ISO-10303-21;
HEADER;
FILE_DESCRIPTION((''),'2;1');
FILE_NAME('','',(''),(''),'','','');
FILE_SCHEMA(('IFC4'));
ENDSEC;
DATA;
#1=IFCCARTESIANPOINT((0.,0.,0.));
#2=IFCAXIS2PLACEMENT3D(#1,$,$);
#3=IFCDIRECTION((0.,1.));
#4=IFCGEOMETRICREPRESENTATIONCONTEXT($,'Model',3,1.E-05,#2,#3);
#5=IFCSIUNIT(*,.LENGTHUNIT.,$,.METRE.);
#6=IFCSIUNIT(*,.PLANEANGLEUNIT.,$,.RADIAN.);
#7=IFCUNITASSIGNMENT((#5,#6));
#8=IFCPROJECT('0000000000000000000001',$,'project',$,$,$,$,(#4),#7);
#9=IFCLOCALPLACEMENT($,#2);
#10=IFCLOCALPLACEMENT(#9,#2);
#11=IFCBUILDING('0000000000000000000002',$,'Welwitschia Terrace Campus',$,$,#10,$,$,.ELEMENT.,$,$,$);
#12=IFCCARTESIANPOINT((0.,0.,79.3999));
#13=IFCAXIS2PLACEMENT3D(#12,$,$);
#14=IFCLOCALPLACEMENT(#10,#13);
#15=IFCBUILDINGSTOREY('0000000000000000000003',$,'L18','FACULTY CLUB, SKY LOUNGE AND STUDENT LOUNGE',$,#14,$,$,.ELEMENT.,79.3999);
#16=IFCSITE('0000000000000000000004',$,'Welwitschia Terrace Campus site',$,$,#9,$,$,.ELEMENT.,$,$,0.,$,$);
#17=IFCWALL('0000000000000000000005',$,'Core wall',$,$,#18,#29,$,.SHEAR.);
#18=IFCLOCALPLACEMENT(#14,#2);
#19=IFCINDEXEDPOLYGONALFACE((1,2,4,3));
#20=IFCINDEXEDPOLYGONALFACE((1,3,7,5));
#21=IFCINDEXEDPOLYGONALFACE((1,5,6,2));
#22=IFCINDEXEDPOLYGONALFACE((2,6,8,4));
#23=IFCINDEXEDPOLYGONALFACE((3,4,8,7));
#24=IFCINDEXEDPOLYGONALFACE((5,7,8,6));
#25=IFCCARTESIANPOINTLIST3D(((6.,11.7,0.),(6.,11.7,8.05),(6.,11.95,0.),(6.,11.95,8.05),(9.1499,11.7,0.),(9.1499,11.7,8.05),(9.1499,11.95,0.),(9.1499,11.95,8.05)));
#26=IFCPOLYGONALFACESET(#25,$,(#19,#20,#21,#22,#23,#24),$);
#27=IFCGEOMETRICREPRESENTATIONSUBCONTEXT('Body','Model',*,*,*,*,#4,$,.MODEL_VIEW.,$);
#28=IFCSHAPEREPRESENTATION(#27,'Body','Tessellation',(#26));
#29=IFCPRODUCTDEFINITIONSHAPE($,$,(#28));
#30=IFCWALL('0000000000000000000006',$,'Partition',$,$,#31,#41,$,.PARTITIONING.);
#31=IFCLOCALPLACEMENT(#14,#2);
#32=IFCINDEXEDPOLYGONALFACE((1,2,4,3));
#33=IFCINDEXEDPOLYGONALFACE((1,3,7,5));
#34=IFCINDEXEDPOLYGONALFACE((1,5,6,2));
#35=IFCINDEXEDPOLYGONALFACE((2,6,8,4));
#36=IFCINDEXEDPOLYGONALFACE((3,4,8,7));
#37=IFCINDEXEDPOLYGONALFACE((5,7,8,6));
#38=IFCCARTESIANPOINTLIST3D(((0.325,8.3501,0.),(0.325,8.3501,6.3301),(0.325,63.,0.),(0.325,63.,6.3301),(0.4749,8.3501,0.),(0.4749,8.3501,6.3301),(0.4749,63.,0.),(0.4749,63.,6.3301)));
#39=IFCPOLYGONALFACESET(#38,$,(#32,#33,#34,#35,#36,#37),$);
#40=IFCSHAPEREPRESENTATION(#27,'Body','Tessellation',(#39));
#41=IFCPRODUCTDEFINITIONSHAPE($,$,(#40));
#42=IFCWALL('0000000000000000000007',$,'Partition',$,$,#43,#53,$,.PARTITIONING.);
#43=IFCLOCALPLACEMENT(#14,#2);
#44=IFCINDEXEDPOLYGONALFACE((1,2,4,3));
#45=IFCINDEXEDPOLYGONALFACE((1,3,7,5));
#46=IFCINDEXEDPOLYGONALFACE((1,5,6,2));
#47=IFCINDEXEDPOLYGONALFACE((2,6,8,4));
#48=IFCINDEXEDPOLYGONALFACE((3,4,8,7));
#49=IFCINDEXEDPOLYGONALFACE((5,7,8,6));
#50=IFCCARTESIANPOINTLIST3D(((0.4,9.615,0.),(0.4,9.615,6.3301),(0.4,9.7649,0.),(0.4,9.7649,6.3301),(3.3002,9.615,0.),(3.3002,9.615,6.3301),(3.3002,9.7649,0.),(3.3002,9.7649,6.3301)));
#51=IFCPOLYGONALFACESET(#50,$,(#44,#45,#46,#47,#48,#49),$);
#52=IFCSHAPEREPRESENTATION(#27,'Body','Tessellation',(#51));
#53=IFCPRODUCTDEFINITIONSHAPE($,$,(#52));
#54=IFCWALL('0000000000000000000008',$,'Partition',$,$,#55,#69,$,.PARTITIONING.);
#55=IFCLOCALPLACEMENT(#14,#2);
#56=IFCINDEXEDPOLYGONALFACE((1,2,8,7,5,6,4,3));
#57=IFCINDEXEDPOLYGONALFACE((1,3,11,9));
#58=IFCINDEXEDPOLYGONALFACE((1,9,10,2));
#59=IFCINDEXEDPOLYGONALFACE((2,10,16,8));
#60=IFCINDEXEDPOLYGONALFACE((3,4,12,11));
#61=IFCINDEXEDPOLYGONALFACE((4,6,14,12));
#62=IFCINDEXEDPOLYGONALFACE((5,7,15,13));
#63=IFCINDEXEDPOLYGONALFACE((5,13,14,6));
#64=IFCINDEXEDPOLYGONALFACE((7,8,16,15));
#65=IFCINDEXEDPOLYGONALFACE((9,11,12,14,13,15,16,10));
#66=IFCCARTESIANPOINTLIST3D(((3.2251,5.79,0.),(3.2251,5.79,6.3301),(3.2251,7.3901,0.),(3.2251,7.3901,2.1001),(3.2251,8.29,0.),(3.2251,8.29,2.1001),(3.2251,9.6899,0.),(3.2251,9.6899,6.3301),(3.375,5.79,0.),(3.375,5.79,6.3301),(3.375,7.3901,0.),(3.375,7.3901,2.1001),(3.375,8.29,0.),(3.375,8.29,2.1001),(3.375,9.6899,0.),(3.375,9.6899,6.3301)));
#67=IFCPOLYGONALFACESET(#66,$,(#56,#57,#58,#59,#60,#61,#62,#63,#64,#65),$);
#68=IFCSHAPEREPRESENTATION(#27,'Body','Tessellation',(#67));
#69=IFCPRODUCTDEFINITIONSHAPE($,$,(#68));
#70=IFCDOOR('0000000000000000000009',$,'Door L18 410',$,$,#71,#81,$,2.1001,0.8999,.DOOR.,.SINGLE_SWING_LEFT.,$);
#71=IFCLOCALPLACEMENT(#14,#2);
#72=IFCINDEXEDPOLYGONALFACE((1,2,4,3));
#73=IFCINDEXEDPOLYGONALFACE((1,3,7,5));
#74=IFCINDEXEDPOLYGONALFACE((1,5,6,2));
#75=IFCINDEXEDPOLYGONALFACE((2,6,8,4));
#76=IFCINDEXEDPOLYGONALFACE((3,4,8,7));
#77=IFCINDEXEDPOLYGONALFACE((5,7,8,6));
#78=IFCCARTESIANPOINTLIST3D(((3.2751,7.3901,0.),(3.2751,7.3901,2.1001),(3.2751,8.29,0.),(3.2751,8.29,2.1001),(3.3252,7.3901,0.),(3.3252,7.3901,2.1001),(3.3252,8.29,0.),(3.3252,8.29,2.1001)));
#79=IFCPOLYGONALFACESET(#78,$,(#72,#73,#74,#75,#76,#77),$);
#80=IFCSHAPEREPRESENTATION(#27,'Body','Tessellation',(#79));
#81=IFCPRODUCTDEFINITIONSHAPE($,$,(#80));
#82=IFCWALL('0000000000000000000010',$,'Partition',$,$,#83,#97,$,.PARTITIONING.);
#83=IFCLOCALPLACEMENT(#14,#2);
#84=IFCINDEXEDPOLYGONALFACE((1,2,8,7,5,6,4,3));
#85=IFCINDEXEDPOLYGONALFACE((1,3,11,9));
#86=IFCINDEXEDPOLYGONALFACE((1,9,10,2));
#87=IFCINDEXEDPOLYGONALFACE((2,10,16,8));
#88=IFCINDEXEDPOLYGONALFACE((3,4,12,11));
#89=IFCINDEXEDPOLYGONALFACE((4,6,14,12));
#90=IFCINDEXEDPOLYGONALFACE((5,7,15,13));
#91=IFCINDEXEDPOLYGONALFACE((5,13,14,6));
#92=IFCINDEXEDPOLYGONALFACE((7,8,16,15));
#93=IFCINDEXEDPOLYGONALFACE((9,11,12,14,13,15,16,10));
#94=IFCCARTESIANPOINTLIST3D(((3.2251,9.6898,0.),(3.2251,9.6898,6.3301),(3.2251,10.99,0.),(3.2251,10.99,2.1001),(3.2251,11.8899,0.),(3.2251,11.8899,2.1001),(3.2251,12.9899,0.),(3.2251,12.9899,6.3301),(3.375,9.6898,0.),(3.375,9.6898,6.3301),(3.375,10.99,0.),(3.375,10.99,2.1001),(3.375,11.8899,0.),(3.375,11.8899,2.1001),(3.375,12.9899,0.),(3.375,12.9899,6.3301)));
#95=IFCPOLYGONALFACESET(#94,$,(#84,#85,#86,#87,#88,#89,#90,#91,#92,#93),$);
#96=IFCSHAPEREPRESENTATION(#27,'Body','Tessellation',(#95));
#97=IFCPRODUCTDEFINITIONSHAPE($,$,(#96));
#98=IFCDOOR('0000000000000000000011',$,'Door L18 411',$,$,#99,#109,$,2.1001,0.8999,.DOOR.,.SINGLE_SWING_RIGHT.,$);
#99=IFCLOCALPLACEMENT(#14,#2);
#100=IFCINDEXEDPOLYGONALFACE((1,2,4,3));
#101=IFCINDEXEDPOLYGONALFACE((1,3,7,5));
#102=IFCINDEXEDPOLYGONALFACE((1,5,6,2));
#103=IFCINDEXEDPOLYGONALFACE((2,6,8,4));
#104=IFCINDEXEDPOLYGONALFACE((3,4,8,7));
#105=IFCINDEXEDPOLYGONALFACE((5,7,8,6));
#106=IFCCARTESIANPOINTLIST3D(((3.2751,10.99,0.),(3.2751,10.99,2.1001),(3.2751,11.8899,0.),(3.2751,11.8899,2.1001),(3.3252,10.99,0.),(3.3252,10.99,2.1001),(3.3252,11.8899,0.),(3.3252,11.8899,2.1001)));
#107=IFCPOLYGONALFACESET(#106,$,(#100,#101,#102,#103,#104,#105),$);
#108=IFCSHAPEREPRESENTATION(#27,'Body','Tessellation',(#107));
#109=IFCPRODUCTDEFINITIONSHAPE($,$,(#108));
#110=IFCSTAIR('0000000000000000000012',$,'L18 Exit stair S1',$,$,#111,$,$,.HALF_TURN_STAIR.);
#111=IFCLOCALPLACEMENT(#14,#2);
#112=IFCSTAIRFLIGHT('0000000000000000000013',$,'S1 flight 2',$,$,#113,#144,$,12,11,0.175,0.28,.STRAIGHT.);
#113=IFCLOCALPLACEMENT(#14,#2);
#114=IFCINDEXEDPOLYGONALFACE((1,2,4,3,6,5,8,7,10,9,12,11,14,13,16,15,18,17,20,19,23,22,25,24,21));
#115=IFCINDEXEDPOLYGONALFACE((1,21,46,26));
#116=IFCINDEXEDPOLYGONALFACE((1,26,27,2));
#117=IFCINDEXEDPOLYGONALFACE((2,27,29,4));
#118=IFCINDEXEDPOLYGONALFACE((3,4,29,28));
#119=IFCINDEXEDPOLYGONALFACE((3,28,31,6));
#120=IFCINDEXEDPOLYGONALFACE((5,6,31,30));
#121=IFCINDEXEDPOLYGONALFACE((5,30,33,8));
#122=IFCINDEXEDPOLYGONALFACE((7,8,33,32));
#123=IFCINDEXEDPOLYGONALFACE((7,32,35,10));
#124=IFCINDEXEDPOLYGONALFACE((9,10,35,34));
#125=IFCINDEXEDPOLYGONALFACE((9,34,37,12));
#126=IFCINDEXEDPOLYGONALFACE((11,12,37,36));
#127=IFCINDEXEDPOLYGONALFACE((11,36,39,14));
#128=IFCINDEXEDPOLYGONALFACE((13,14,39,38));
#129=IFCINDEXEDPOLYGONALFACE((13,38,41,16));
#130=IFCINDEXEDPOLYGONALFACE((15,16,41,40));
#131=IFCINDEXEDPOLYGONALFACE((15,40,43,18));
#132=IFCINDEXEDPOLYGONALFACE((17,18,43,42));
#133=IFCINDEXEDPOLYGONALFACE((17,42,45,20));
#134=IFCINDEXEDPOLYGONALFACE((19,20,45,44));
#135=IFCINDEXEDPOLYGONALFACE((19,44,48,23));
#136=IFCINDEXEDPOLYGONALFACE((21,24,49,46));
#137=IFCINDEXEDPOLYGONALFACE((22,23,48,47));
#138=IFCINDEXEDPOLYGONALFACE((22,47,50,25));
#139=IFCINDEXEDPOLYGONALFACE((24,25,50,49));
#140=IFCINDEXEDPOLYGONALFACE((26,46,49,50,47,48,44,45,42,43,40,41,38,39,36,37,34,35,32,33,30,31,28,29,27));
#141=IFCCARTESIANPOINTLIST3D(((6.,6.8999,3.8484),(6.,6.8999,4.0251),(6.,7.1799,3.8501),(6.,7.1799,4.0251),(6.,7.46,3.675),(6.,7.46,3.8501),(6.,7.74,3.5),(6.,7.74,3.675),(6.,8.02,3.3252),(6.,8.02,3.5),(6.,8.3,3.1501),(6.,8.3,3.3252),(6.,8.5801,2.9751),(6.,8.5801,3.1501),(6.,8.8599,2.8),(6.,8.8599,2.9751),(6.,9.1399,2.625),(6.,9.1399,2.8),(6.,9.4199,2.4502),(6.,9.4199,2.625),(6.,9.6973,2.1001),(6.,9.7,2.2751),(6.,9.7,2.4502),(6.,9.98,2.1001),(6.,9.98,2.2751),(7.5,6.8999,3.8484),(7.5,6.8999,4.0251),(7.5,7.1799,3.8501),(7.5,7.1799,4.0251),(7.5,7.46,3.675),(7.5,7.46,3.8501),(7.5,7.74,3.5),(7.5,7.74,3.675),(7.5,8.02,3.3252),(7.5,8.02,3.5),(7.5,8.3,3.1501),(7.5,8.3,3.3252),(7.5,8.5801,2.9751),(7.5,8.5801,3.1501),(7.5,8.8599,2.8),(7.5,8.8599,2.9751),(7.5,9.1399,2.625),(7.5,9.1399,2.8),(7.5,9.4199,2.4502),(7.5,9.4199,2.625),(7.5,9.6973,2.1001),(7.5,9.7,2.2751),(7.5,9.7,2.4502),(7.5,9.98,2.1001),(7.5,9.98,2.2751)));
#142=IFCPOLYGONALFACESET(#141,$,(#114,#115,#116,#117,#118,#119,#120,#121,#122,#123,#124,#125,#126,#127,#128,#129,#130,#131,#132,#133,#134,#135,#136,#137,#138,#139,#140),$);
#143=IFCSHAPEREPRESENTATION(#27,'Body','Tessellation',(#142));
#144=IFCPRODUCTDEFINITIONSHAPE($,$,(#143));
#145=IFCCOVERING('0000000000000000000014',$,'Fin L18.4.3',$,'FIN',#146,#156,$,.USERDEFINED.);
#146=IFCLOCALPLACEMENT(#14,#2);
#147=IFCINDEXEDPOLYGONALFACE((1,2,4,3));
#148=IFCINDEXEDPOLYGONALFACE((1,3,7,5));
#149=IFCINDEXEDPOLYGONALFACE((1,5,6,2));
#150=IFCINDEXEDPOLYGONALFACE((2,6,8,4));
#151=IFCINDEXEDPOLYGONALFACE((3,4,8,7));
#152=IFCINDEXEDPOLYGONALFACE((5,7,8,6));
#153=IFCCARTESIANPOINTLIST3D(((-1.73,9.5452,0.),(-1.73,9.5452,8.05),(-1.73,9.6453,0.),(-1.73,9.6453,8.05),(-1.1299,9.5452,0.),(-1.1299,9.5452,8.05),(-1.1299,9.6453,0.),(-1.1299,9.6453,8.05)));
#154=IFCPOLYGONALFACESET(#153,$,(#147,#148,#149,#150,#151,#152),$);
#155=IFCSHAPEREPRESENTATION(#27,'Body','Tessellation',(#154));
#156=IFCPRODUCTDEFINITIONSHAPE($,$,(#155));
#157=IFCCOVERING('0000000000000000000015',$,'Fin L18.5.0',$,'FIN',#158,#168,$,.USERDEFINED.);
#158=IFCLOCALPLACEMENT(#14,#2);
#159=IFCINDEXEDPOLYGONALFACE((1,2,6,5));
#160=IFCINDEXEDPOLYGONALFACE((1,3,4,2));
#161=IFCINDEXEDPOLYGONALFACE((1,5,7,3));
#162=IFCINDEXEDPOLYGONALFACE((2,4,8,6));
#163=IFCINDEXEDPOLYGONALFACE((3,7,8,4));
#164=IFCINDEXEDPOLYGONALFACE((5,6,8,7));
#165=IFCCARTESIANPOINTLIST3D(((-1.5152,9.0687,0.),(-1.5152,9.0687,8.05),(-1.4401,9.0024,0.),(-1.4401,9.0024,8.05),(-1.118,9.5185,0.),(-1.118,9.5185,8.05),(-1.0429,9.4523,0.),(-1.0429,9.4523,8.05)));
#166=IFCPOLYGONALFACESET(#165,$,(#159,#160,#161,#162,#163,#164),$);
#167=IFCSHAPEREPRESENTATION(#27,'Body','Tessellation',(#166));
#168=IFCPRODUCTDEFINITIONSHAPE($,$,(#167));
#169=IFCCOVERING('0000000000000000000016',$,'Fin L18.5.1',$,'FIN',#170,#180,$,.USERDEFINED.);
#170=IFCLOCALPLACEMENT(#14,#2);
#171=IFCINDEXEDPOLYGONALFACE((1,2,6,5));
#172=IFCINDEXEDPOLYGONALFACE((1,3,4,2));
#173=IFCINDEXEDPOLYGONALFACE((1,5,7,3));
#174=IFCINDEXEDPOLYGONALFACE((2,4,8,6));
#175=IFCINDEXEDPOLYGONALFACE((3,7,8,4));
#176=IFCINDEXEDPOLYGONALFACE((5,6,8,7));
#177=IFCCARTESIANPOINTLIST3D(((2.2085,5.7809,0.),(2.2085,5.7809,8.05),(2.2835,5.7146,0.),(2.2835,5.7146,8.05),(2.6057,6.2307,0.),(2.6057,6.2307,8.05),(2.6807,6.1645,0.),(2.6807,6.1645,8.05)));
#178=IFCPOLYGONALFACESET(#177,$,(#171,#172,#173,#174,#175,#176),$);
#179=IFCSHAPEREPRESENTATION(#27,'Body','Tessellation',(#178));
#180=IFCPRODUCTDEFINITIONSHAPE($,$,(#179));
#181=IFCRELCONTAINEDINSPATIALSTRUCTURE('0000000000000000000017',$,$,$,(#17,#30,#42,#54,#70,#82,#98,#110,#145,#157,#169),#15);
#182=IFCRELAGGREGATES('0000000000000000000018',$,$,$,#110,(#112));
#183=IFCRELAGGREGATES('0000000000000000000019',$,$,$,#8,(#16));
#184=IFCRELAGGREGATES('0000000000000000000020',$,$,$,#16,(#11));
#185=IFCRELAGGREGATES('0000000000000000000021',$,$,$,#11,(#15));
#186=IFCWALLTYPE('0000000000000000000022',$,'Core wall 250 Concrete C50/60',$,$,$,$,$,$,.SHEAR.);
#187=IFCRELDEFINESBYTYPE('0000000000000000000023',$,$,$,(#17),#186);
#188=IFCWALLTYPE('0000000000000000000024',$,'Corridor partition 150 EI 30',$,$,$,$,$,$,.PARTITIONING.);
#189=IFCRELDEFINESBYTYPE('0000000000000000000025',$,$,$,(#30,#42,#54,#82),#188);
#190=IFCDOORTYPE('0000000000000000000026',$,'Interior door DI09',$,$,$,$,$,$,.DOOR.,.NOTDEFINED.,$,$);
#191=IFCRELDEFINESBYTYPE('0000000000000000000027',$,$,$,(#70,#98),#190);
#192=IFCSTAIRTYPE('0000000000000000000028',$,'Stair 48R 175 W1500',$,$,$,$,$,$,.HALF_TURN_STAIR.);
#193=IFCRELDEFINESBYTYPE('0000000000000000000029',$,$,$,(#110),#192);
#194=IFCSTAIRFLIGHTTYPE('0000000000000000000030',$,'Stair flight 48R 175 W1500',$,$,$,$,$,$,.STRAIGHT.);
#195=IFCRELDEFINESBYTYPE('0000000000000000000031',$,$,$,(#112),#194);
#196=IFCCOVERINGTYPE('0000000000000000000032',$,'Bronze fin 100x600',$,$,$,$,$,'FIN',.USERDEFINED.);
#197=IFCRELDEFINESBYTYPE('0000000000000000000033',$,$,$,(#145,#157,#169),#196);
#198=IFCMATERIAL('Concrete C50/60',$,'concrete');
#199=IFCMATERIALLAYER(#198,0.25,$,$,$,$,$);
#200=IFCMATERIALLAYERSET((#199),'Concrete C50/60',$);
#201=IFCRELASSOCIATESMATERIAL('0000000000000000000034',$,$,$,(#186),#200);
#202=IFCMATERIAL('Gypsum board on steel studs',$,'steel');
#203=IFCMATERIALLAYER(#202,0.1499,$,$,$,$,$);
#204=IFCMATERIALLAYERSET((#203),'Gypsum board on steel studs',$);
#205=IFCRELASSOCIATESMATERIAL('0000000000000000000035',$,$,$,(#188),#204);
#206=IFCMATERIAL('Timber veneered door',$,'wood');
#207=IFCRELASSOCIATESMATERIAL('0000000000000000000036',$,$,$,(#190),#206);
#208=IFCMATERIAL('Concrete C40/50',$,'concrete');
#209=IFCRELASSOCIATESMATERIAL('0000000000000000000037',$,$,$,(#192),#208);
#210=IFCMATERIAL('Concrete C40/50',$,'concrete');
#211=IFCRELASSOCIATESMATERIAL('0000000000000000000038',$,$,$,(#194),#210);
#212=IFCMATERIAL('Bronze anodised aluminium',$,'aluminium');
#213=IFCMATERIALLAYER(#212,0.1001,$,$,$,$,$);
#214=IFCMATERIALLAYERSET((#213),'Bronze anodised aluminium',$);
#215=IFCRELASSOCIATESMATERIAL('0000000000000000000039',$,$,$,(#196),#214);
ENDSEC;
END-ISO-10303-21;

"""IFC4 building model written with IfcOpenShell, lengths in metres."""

from ifc_helpers import new_model, si_unit, direction, frame, frame_2d, origin, origin_2d, place, context, subcontext, project, spatial, polyline, rectangle, outline, extrude, material, layer, layer_set, type_object, element, fill, aggregate, save


model = new_model("IFC4")

# Units and contexts
model_context = context("Model", 3, precision=1e-05, world=origin(), true_north=direction((0.0, 1.0)))
body_context = subcontext(model_context, "Body", "Model", "MODEL_VIEW")
ifc_project = project(units=[si_unit("LENGTHUNIT", "METRE"), si_unit("PLANEANGLEUNIT", "RADIAN")], contexts=[model_context])

# Site, building, storey
site_placement = place(None, origin())
site = spatial("IfcSite", under=ifc_project, at=site_placement, Name="Welwitschia Terrace Campus site", CompositionType="ELEMENT", RefElevation=0.0)
building_placement = place(site_placement, origin())
building = spatial("IfcBuilding", under=site, at=building_placement, Name="Welwitschia Terrace Campus", CompositionType="ELEMENT")
storey_placement = place(building_placement, frame((0.0, 0.0, 79.3999)))
storey = spatial("IfcBuildingStorey", under=building, at=storey_placement, Name="L18", Description="FACULTY CLUB, SKY LOUNGE AND STUDENT LOUNGE", CompositionType="ELEMENT", Elevation=79.3999)

# Walls
ifc_material_1 = material(Name="Concrete C50/60", Category="concrete")
ifc_layer_1 = layer(ifc_material_1, 0.25)
ifc_layer_set_1 = layer_set([ifc_layer_1], Name="Concrete C50/60")
wall_type_1 = type_object("IfcWallType", Name="Core wall 250 Concrete C50/60", PredefinedType="SHEAR", material=ifc_layer_set_1)
wall_1_placement = place(storey_placement, frame((6.0, 11.825, 0.0), z_axis=(0.0, 0.0, 1.0), x_axis=(1.0, 0.0, 0.0)))
element("IfcWall", 1, at=wall_1_placement, inside=storey, type_object=wall_type_1, Name="Core wall", PredefinedType="SHEAR", context=body_context, shape_type="SweptSolid", body=[
    extrude(rectangle(XDim=3.1499, YDim=0.25, at=frame_2d((1.575, 0.0))), origin(), (0.0, 0.0, 1.0), 8.05),
])
ifc_material_2 = material(Name="Gypsum board on steel studs", Category="steel")
ifc_layer_2 = layer(ifc_material_2, 0.1499)
ifc_layer_set_2 = layer_set([ifc_layer_2], Name="Gypsum board on steel studs")
wall_type_2 = type_object("IfcWallType", Name="Corridor partition 150 EI 30", PredefinedType="PARTITIONING", material=ifc_layer_set_2)
wall_2_placement = place(storey_placement, frame((0.3999, 8.3501, 0.0), z_axis=(0.0, 0.0, 1.0), x_axis=(0.0, 1.0, 0.0)))
element("IfcWall", 2, at=wall_2_placement, inside=storey, type_object=wall_type_2, Name="Partition", PredefinedType="PARTITIONING", context=body_context, shape_type="SweptSolid", body=[
    extrude(rectangle(XDim=54.6499, YDim=0.1499, at=frame_2d((27.325, 0.0))), origin(), (0.0, 0.0, 1.0), 6.3301),
])
wall_3_placement = place(storey_placement, frame((0.3999, 9.6899, 0.0), z_axis=(0.0, 0.0, 1.0), x_axis=(1.0, 0.0, 0.0)))
element("IfcWall", 3, at=wall_3_placement, inside=storey, type_object=wall_type_2, Name="Partition", PredefinedType="PARTITIONING", context=body_context, shape_type="SweptSolid", body=[
    extrude(rectangle(XDim=2.9001, YDim=0.1499, at=frame_2d((1.4502, 0.0))), origin(), (0.0, 0.0, 1.0), 6.3301),
])

# Walls, openings, doors
wall_4_placement = place(storey_placement, frame((3.3, 5.79, 0.0), z_axis=(0.0, 0.0, 1.0), x_axis=(0.0, 1.0, 0.0)))
wall_4 = element("IfcWall", 4, at=wall_4_placement, inside=storey, type_object=wall_type_2, Name="Partition", PredefinedType="PARTITIONING", context=body_context, shape_type="SweptSolid", body=[
    extrude(rectangle(XDim=3.8999, YDim=0.1499, at=frame_2d((1.95, 0.0))), origin(), (0.0, 0.0, 1.0), 6.3301),
])
opening_1_placement = place(wall_4_placement, frame((1.6001, 0.0, 0.0)))
opening_1 = element("IfcOpeningElement", 5, at=opening_1_placement, cuts=wall_4, PredefinedType="OPENING", context=body_context, shape_type="SweptSolid", body=[
    extrude(rectangle(XDim=0.8999, YDim=2.1001, at=frame_2d((0.45, 1.05))), frame((0.0, 0.085, 0.0), z_axis=(0.0, -1.0, 0.0), x_axis=(1.0, 0.0, 0.0)), (0.0, 0.0, 1.0), 0.1699),
])
ifc_material_3 = material(Name="Timber veneered door", Category="wood")
door_type = type_object("IfcDoorType", Name="Interior door DI09", OperationType="NOTDEFINED", PredefinedType="DOOR", material=ifc_material_3)
door_1_placement = place(opening_1_placement, origin())
door_1 = element("IfcDoor", 6, at=door_1_placement, inside=storey, type_object=door_type, Name="Door L18 410", OperationType="SINGLE_SWING_LEFT", OverallHeight=2.1001, OverallWidth=0.8999, PredefinedType="DOOR", context=body_context, shape_type="SweptSolid", body=[
    extrude(rectangle(XDim=0.8999, YDim=2.1001, at=frame_2d((0.45, 1.05))), frame((0.0, 0.0249, 0.0), z_axis=(0.0, -1.0, 0.0), x_axis=(1.0, 0.0, 0.0)), (0.0, 0.0, 1.0), 0.05),
])
fill(opening_1, door_1)
wall_5_placement = place(storey_placement, frame((3.3, 9.6899, 0.0), z_axis=(0.0, 0.0, 1.0), x_axis=(0.0, 1.0, 0.0)))
wall_5 = element("IfcWall", 7, at=wall_5_placement, inside=storey, type_object=wall_type_2, Name="Partition", PredefinedType="PARTITIONING", context=body_context, shape_type="SweptSolid", body=[
    extrude(rectangle(XDim=3.3, YDim=0.1499, at=frame_2d((1.6499, 0.0))), origin(), (0.0, 0.0, 1.0), 6.3301),
])
opening_2_placement = place(wall_5_placement, frame((1.3, 0.0, 0.0)))
opening_2 = element("IfcOpeningElement", 8, at=opening_2_placement, cuts=wall_5, PredefinedType="OPENING", context=body_context, shape_type="SweptSolid", body=[
    extrude(rectangle(XDim=0.8999, YDim=2.1001, at=frame_2d((0.45, 1.05))), frame((0.0, 0.085, 0.0), z_axis=(0.0, -1.0, 0.0), x_axis=(1.0, 0.0, 0.0)), (0.0, 0.0, 1.0), 0.1699),
])
door_2_placement = place(opening_2_placement, origin())
door_2 = element("IfcDoor", 9, at=door_2_placement, inside=storey, type_object=door_type, Name="Door L18 411", OperationType="SINGLE_SWING_RIGHT", OverallHeight=2.1001, OverallWidth=0.8999, PredefinedType="DOOR", context=body_context, shape_type="SweptSolid", body=[
    extrude(rectangle(XDim=0.8999, YDim=2.1001, at=frame_2d((0.45, 1.05))), frame((0.0, 0.0249, 0.0), z_axis=(0.0, -1.0, 0.0), x_axis=(1.0, 0.0, 0.0)), (0.0, 0.0, 1.0), 0.05),
])
fill(opening_2, door_2)

# Stair, stair flight
ifc_material_4 = material(Name="Concrete C40/50", Category="concrete")
stair_type = type_object("IfcStairType", Name="Stair 48R 175 W1500", PredefinedType="HALF_TURN_STAIR", material=ifc_material_4)
stair_placement = place(storey_placement, origin())
stair = element("IfcStair", 10, at=stair_placement, inside=storey, type_object=stair_type, Name="L18 Exit stair S1", PredefinedType="HALF_TURN_STAIR")
ifc_material_5 = material(Name="Concrete C40/50", Category="concrete")
stair_flight_type = type_object("IfcStairFlightType", Name="Stair flight 48R 175 W1500", PredefinedType="STRAIGHT", material=ifc_material_5)
stair_flight_placement = place(storey_placement, frame((6.75, 9.98, 2.1001), z_axis=(0.0, 0.0, 1.0), x_axis=(0.0, -1.0, 0.0)))
stair_flight = element("IfcStairFlight", 11, at=stair_flight_placement, type_object=stair_flight_type, Name="S1 flight 2", NumberOfRisers=12, NumberOfTreads=11, PredefinedType="STRAIGHT", RiserHeight=0.175, TreadLength=0.28, context=body_context, shape_type="SweptSolid", body=[
    extrude(outline(polyline([(0.0, 0.0), (0.0, 0.175), (0.28, 0.175), (0.28, 0.3501), (0.5601, 0.3501), (0.5601, 0.5249), (0.8401, 0.5249), (0.8401, 0.7), (1.1201, 0.7), (1.1201, 0.875), (1.3999, 0.875), (1.3999, 1.05), (1.6799, 1.05), (1.6799, 1.2251), (1.96, 1.2251), (1.96, 1.3999), (2.24, 1.3999), (2.24, 1.575), (2.52, 1.575), (2.52, 1.75), (2.8, 1.75), (2.8, 1.925), (3.0801, 1.925), (3.0801, 2.1001), (3.0801, 1.7483), (0.2827, 0.0), (0.0, 0.0)])), frame((0.0, 0.75, 0.0), z_axis=(0.0, -1.0, 0.0), x_axis=(1.0, 0.0, 0.0)), (0.0, 0.0, 1.0), 1.5),
])
aggregate(stair, [stair_flight])

# Coverings
ifc_material_6 = material(Name="Bronze anodised aluminium", Category="aluminium")
ifc_layer_3 = layer(ifc_material_6, 0.1001)
ifc_layer_set_3 = layer_set([ifc_layer_3], Name="Bronze anodised aluminium")
covering_type = type_object("IfcCoveringType", Name="Bronze fin 100x600", ElementType="FIN", PredefinedType="USERDEFINED", material=ifc_layer_set_3)
for number, where, z_axis, x_axis, name in (
    (12, (-1.4299, 9.5952, 0.0), (0.0, 0.0, 1.0), (0.0, -1.0, 0.0), "Fin L18.4.3"),
    (13, (-1.2791, 9.2605, 0.0), (0.0, 0.0, 1.0), (0.74963, -0.661858, 0.0), "Fin L18.5.0"),
    (14, (2.4446, 5.9727, 0.0), (0.0, 0.0, 1.0), (0.74963, -0.661858, 0.0), "Fin L18.5.1"),
):
    element("IfcCovering", number, at=place(storey_placement, frame(where, z_axis=z_axis, x_axis=x_axis)), inside=storey, type_object=covering_type, Name=name, ObjectType="FIN", PredefinedType="USERDEFINED", context=body_context, shape_type="SweptSolid", body=[
        extrude(rectangle(XDim=0.1001, YDim=0.6001, at=origin_2d()), origin(), (0.0, 0.0, 1.0), 8.05),
    ])

save(model, "model.ifc")
